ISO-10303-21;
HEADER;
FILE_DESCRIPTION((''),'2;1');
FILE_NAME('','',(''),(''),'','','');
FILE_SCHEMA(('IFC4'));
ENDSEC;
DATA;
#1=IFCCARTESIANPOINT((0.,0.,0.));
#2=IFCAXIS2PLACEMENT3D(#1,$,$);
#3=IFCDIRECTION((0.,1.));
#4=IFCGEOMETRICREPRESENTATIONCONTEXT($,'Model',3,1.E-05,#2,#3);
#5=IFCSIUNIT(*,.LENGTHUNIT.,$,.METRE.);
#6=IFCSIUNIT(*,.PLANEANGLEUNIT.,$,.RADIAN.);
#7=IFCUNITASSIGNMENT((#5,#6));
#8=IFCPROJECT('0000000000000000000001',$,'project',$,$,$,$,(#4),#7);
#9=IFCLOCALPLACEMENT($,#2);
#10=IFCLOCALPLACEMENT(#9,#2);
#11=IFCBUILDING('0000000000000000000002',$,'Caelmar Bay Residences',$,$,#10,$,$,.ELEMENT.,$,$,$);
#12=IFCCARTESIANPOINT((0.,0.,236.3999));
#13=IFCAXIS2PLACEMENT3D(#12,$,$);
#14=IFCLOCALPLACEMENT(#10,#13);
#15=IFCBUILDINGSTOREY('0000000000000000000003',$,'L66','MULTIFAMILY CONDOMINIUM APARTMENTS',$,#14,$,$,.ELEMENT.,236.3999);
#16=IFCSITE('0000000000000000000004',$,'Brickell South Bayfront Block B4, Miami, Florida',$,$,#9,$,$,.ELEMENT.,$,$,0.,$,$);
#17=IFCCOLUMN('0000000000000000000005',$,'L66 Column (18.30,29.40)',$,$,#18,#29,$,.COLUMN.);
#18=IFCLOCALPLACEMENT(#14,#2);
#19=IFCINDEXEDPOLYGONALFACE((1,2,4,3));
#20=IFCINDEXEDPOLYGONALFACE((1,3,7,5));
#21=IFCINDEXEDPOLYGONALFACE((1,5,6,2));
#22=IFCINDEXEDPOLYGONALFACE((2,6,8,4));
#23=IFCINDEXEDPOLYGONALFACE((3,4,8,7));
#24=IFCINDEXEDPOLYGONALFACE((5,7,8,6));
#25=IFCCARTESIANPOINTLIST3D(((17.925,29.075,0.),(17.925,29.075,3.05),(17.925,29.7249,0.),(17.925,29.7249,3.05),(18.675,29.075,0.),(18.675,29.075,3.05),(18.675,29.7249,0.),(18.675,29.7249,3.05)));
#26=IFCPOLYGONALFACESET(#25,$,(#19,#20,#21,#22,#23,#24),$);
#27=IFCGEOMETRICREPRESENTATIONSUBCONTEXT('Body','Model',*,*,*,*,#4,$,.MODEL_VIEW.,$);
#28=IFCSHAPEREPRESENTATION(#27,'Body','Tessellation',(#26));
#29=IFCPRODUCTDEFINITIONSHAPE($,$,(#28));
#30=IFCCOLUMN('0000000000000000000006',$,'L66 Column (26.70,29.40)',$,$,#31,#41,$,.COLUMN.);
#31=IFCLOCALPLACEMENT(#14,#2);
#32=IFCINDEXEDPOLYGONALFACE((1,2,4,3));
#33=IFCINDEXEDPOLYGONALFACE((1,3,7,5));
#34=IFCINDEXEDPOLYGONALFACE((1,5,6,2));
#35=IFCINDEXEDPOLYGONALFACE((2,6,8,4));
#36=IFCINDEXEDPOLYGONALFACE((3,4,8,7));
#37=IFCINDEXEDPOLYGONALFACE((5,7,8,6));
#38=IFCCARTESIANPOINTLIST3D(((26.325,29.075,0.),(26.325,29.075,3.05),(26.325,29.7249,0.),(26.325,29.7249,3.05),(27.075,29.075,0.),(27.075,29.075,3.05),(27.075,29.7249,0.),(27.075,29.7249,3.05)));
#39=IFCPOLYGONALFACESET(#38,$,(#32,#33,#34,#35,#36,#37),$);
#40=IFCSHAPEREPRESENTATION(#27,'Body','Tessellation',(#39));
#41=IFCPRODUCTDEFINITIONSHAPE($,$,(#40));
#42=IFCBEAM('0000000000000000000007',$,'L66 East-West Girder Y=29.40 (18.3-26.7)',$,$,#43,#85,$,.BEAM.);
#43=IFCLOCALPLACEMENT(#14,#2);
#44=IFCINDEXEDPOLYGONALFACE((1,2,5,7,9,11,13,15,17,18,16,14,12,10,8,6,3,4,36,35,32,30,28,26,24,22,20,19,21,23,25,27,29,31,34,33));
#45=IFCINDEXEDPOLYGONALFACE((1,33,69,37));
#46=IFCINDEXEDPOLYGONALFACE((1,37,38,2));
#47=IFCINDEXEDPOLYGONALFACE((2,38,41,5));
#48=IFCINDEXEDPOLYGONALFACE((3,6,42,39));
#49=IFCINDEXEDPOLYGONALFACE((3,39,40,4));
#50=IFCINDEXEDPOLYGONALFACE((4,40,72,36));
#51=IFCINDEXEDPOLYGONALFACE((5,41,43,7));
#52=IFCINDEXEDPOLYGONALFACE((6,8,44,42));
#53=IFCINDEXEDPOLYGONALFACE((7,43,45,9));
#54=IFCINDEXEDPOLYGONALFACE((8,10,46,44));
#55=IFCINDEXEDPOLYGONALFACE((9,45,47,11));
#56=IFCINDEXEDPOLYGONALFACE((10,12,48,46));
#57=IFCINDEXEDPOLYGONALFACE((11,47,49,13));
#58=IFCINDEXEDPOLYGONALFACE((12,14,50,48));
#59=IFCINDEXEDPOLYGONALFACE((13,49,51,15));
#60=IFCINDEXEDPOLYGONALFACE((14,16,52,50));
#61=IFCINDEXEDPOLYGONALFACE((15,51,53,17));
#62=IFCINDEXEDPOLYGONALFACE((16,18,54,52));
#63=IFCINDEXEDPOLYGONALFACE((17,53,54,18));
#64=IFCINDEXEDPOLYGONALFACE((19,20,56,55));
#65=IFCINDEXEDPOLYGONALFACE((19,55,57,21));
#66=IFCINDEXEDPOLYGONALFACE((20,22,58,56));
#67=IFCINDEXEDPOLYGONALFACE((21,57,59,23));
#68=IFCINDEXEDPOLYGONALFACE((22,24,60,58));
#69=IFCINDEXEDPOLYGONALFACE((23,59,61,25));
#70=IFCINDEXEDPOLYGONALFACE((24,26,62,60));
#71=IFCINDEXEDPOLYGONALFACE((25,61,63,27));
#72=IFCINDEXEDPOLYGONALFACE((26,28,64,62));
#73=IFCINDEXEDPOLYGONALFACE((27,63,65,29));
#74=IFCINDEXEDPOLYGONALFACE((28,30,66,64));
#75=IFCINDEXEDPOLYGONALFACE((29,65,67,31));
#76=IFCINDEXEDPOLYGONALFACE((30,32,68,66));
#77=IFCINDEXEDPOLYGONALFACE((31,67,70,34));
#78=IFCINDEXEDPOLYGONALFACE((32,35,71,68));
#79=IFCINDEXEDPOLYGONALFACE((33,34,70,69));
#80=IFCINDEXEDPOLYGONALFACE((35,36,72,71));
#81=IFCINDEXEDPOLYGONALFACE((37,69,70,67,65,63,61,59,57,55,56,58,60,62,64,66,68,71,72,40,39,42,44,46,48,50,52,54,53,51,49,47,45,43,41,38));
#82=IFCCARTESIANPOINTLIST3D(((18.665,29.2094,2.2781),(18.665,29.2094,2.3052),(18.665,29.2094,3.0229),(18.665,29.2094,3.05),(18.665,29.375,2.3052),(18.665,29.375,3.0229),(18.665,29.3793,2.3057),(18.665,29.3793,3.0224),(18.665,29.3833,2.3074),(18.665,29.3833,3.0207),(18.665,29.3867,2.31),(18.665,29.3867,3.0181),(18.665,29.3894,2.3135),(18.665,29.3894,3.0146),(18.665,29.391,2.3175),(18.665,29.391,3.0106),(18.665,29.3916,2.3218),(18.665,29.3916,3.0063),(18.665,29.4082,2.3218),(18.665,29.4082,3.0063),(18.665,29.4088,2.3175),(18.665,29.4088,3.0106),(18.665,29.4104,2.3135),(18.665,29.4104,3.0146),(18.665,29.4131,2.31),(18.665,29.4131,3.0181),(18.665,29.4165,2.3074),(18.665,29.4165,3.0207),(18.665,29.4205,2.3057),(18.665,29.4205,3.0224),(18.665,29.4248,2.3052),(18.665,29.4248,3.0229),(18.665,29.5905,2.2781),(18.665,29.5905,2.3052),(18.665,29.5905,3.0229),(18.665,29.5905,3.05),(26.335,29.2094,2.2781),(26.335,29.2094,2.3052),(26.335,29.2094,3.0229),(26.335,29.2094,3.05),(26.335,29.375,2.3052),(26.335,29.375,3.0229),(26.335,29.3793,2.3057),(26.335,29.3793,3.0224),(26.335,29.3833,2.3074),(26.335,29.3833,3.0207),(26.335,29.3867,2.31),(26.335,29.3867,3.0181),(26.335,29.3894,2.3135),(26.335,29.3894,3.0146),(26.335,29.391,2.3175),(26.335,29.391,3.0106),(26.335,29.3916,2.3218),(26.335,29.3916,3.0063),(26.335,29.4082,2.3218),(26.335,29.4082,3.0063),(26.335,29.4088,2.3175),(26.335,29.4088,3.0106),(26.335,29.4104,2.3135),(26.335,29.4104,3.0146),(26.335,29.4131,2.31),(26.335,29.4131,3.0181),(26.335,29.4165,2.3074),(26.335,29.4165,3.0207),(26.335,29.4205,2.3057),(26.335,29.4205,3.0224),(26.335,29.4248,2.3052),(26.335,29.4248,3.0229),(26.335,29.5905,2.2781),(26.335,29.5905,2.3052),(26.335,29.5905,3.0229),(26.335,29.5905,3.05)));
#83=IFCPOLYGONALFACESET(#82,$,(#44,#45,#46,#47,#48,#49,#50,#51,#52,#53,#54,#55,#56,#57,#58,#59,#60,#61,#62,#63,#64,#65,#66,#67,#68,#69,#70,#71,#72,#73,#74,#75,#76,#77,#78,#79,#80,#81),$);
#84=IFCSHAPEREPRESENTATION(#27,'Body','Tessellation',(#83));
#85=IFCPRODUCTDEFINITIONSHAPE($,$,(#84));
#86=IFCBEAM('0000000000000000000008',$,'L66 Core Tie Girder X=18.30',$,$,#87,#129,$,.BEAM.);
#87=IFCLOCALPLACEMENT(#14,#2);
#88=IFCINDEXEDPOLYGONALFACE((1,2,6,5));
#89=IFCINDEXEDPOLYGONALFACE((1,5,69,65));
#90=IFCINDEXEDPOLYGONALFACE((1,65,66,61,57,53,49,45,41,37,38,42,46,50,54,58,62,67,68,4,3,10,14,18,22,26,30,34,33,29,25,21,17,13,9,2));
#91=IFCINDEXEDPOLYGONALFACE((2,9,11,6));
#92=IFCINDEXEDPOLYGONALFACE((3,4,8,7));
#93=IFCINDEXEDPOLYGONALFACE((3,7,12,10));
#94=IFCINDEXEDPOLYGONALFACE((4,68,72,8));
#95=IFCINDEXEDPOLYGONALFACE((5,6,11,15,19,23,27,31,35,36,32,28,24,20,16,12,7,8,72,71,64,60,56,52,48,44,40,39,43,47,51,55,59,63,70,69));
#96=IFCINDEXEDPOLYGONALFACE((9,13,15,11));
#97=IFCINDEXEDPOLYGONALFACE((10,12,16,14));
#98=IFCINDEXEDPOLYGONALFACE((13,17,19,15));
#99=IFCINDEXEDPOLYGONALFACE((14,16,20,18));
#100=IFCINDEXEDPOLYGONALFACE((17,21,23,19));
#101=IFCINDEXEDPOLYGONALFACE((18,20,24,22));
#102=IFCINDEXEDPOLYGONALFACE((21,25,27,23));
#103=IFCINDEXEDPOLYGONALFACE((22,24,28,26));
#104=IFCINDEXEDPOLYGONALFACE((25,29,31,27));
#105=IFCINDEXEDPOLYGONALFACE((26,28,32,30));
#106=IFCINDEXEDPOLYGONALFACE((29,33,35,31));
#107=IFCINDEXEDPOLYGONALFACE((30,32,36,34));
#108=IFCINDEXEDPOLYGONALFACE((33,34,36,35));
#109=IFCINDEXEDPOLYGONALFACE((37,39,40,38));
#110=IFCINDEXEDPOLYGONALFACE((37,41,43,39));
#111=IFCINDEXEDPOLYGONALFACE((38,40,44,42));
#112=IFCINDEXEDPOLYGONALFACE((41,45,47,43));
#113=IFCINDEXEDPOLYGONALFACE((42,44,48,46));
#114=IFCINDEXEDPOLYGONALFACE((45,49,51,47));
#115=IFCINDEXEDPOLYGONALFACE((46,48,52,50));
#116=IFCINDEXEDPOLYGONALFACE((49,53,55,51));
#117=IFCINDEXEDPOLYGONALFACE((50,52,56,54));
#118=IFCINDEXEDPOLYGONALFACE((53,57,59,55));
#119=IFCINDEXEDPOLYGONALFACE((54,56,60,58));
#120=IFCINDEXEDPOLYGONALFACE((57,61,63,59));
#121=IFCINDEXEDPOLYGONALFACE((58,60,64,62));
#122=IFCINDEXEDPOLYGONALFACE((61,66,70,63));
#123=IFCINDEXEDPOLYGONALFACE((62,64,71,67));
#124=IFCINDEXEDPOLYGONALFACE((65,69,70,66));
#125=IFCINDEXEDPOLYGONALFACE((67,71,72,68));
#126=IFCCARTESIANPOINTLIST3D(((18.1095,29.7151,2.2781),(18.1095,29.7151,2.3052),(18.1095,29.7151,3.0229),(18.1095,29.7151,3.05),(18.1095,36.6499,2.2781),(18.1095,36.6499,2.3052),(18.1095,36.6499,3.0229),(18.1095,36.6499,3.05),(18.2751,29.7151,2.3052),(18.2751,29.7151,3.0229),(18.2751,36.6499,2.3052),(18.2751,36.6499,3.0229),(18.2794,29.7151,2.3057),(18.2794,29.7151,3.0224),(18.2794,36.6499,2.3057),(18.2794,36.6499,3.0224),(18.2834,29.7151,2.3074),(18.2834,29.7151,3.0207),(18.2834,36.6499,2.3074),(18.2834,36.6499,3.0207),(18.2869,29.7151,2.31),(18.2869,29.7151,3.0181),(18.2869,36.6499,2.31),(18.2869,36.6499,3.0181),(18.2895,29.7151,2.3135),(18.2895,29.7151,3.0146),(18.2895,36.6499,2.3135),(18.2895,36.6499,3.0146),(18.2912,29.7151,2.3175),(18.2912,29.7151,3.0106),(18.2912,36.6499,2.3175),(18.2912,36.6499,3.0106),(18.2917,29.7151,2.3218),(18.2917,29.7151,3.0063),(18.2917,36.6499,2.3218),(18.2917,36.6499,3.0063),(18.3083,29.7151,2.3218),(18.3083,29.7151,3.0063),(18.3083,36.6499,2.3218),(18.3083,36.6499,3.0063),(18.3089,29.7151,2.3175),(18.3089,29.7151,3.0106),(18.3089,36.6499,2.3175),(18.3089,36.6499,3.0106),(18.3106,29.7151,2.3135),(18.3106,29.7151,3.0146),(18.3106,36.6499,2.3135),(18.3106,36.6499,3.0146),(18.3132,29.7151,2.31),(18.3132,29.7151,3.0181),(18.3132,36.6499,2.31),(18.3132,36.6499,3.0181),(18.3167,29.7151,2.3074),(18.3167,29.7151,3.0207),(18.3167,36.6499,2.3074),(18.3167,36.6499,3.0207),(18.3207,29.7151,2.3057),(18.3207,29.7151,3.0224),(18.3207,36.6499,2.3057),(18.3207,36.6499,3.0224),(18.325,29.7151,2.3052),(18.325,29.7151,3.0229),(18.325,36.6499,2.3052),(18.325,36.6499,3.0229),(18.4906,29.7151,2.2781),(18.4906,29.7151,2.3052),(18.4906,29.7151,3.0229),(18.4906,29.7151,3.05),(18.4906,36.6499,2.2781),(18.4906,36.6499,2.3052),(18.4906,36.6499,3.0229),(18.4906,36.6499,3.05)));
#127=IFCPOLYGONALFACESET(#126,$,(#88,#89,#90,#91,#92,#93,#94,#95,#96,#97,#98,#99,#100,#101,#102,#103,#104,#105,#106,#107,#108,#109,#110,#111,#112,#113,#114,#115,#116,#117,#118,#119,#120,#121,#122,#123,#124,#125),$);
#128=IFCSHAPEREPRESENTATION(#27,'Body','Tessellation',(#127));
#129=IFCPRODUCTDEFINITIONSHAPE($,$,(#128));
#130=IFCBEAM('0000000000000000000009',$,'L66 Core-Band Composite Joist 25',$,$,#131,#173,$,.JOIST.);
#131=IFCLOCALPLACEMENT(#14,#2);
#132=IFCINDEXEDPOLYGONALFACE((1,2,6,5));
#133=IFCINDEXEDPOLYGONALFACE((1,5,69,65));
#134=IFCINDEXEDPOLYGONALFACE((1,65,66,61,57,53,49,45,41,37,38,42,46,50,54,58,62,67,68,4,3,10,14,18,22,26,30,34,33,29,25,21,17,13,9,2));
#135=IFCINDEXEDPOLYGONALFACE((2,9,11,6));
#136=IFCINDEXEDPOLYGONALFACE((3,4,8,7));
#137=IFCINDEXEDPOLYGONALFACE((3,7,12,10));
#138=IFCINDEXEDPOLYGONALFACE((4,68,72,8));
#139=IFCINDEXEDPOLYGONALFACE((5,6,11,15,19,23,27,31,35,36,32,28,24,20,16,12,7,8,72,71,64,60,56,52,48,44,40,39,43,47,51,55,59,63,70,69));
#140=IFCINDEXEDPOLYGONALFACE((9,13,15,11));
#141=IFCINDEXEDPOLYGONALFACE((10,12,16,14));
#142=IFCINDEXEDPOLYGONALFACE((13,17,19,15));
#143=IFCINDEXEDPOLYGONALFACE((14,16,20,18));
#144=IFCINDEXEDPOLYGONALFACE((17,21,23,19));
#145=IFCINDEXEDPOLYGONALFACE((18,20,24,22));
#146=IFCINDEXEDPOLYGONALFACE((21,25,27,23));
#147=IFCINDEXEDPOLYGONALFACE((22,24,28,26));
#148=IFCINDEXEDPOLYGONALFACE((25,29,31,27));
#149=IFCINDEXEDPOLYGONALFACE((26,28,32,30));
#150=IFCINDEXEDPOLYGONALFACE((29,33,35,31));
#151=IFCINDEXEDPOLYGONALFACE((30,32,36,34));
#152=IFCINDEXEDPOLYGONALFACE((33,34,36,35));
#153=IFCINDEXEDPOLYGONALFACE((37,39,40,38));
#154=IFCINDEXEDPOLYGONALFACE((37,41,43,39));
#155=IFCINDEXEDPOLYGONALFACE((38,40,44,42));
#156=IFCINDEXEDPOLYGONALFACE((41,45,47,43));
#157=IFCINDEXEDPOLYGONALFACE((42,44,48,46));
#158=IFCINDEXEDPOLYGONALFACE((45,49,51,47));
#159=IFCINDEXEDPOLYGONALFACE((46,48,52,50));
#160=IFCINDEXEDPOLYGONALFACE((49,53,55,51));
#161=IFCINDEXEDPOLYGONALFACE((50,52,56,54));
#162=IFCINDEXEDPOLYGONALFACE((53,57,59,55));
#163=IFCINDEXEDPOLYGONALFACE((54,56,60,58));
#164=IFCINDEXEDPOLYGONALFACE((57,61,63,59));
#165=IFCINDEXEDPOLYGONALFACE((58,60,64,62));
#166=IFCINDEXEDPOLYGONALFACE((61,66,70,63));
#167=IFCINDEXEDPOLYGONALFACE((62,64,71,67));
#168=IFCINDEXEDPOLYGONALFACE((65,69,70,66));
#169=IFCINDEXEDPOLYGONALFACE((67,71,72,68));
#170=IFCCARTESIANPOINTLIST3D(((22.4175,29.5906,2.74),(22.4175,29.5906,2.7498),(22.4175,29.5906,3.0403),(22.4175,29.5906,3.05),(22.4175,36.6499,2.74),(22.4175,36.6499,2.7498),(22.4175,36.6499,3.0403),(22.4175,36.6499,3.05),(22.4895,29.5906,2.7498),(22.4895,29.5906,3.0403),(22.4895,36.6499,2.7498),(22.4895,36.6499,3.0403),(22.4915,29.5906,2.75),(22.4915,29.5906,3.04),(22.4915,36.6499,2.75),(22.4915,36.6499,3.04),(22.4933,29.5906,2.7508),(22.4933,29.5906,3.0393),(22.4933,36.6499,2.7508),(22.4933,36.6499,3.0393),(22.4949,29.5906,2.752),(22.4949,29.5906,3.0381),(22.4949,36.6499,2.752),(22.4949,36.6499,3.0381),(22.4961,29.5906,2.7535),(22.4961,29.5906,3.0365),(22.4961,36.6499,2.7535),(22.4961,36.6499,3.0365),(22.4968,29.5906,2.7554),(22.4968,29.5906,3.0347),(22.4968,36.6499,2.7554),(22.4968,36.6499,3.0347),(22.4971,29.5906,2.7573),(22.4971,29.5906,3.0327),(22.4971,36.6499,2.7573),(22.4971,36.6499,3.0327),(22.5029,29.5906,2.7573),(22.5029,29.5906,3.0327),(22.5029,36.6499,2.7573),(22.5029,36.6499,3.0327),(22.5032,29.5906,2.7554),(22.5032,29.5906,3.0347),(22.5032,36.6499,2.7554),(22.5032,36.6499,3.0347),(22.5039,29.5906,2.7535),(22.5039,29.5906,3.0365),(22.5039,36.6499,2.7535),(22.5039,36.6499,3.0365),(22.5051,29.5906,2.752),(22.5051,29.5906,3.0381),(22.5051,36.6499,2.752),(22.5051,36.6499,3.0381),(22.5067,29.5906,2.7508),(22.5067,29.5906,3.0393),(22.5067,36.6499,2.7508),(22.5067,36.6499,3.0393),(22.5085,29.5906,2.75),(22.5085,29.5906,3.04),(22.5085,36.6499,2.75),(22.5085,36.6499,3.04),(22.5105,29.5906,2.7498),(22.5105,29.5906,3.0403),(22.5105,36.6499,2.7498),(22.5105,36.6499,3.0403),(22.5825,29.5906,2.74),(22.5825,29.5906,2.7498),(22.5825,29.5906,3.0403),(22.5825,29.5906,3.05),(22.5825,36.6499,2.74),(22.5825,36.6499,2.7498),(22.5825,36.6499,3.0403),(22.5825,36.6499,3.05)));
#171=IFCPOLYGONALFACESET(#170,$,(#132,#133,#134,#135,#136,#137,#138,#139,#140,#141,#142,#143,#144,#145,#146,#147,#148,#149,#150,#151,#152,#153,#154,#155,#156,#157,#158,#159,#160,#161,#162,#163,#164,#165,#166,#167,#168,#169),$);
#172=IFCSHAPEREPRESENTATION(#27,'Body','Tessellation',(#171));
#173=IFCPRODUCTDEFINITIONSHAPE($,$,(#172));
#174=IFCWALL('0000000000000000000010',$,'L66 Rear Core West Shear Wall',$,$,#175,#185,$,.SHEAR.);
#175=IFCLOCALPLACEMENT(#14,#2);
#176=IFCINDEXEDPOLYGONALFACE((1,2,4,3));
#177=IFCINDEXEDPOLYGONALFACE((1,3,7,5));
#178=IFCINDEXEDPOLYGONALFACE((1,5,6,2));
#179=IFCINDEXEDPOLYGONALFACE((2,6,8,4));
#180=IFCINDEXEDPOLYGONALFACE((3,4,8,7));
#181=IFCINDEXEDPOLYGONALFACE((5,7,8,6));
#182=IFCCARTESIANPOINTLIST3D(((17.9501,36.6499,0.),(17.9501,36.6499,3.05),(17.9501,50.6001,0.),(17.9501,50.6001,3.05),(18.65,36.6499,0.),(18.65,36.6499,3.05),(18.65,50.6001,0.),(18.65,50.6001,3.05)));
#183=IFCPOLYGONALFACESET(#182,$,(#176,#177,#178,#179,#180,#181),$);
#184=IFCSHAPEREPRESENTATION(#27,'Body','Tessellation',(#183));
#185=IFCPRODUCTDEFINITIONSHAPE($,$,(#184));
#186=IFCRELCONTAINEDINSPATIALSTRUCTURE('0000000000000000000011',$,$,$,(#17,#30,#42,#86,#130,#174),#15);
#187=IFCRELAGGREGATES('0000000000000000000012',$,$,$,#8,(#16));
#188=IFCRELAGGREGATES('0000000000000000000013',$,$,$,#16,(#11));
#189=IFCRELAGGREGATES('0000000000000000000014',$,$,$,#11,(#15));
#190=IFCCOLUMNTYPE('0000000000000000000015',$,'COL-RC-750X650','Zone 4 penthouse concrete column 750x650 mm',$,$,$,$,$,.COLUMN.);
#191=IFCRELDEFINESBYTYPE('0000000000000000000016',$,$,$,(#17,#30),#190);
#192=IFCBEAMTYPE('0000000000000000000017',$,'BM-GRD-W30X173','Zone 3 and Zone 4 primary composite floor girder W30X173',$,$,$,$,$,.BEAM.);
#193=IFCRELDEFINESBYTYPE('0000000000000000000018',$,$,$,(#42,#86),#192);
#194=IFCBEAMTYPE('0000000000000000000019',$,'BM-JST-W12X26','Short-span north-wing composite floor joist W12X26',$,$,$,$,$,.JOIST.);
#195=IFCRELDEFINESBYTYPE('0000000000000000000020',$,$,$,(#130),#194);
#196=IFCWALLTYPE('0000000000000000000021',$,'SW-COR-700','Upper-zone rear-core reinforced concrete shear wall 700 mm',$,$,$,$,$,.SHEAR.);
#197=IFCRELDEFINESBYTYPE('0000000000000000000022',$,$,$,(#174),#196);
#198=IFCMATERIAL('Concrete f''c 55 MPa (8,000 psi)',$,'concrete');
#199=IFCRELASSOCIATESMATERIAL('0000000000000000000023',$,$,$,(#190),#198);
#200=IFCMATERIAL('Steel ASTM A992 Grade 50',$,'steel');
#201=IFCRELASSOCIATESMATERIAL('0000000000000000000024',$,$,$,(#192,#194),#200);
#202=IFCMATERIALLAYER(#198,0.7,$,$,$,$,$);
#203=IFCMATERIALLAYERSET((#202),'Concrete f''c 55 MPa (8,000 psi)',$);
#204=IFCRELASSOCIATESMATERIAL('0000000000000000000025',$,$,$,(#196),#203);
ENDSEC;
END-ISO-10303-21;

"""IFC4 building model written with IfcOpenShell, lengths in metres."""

from ifc_helpers import new_model, si_unit, direction, frame, frame_2d, origin, origin_2d, place, context, subcontext, project, spatial, rectangle, i_section, extrude, material, layer, layer_set, material_profile, profile_set, type_object, element, save


model = new_model("IFC4")

# Units and contexts
model_context = context("Model", 3, precision=1e-05, world=origin(), true_north=direction((0.0, 1.0)))
body_context = subcontext(model_context, "Body", "Model", "MODEL_VIEW")
ifc_project = project(units=[si_unit("LENGTHUNIT", "METRE"), si_unit("PLANEANGLEUNIT", "RADIAN")], contexts=[model_context])

# Site, building, storey
site_placement = place(None, origin())
site = spatial("IfcSite", under=ifc_project, at=site_placement, Name="Brickell South Bayfront Block B4, Miami, Florida", CompositionType="ELEMENT", RefElevation=0.0)
building_placement = place(site_placement, origin())
building = spatial("IfcBuilding", under=site, at=building_placement, Name="Caelmar Bay Residences", CompositionType="ELEMENT")
storey_placement = place(building_placement, frame((0.0, 0.0, 236.3999)))
storey = spatial("IfcBuildingStorey", under=building, at=storey_placement, Name="L66", Description="MULTIFAMILY CONDOMINIUM APARTMENTS", CompositionType="ELEMENT", Elevation=236.3999)

# Columns
ifc_material_1 = material(Name="Concrete f'c 55 MPa (8,000 psi)", Category="concrete")
ifc_material_profile_1 = material_profile(ifc_material_1, rectangle(XDim=0.75, YDim=0.6499, at=origin_2d()), Name="RC-COL-750X650")
ifc_profile_set_1 = profile_set([ifc_material_profile_1], Name="Concrete f'c 55 MPa (8,000 psi)")
column_type = type_object("IfcColumnType", Name="COL-RC-750X650", Description="Zone 4 penthouse concrete column 750x650 mm", PredefinedType="COLUMN", material=ifc_profile_set_1)
for number, where, z_axis, x_axis, name in (
    (1, (18.3, 29.3999, 0.0), (0.0, 0.0, 1.0), (1.0, 0.0, 0.0), "L66 Column (18.30,29.40)"),
    (2, (26.7, 29.3999, 0.0), (0.0, 0.0, 1.0), (1.0, 0.0, 0.0), "L66 Column (26.70,29.40)"),
):
    element("IfcColumn", number, at=place(storey_placement, frame(where, z_axis=z_axis, x_axis=x_axis)), inside=storey, type_object=column_type, Name=name, PredefinedType="COLUMN", context=body_context, shape_type="SweptSolid", body=[
        extrude(rectangle(XDim=0.75, YDim=0.6499, at=origin_2d()), origin(), (0.0, 0.0, 1.0), 3.05),
    ])

# Beams
ifc_material_2 = material(Name="Steel ASTM A992 Grade 50", Category="steel")
ifc_material_profile_2 = material_profile(ifc_material_2, i_section(OverallWidth=0.3811, OverallDepth=0.772, WebThickness=0.0166, FlangeThickness=0.0271, FilletRadius=0.0166, at=origin_2d()), Name="W30X173")
ifc_profile_set_2 = profile_set([ifc_material_profile_2], Name="Steel ASTM A992 Grade 50")
beam_type_1 = type_object("IfcBeamType", Name="BM-GRD-W30X173", Description="Zone 3 and Zone 4 primary composite floor girder W30X173", PredefinedType="BEAM", material=ifc_profile_set_2)
beam_1_placement = place(storey_placement, frame((18.665, 29.3999, 2.6641), z_axis=(1.0, 0.0, 0.0), x_axis=(0.0, 1.0, 0.0)))
element("IfcBeam", 3, at=beam_1_placement, inside=storey, type_object=beam_type_1, Name="L66 East-West Girder Y=29.40 (18.3-26.7)", PredefinedType="BEAM", context=body_context, shape_type="SweptSolid", body=[
    extrude(i_section(OverallWidth=0.3811, OverallDepth=0.772, WebThickness=0.0166, FlangeThickness=0.0271, FilletRadius=0.0166, at=origin_2d()), origin(), (0.0, 0.0, 1.0), 7.6699),
])
beam_2_placement = place(storey_placement, frame((18.3, 29.7151, 2.6641), z_axis=(0.0, 1.0, 0.0), x_axis=(-1.0, 0.0, 0.0)))
element("IfcBeam", 4, at=beam_2_placement, inside=storey, type_object=beam_type_1, Name="L66 Core Tie Girder X=18.30", PredefinedType="BEAM", context=body_context, shape_type="SweptSolid", body=[
    extrude(i_section(OverallWidth=0.3811, OverallDepth=0.772, WebThickness=0.0166, FlangeThickness=0.0271, FilletRadius=0.0166, at=origin_2d()), origin(), (0.0, 0.0, 1.0), 6.9348),
])
ifc_material_profile_3 = material_profile(ifc_material_2, i_section(OverallWidth=0.165, OverallDepth=0.3101, WebThickness=0.0059, FlangeThickness=0.0098, FilletRadius=0.0076, at=origin_2d()), Name="W12X26")
ifc_profile_set_3 = profile_set([ifc_material_profile_3], Name="Steel ASTM A992 Grade 50")
beam_type_2 = type_object("IfcBeamType", Name="BM-JST-W12X26", Description="Short-span north-wing composite floor joist W12X26", PredefinedType="JOIST", material=ifc_profile_set_3)
beam_3_placement = place(storey_placement, frame((22.5, 29.5906, 2.895), z_axis=(0.0, 1.0, 0.0), x_axis=(-1.0, 0.0, 0.0)))
element("IfcBeam", 5, at=beam_3_placement, inside=storey, type_object=beam_type_2, Name="L66 Core-Band Composite Joist 25", PredefinedType="JOIST", context=body_context, shape_type="SweptSolid", body=[
    extrude(i_section(OverallWidth=0.165, OverallDepth=0.3101, WebThickness=0.0059, FlangeThickness=0.0098, FilletRadius=0.0076, at=origin_2d()), origin(), (0.0, 0.0, 1.0), 7.0593),
])

# Wall
ifc_layer_1 = layer(ifc_material_1, 0.7)
ifc_layer_set_1 = layer_set([ifc_layer_1], Name="Concrete f'c 55 MPa (8,000 psi)")
wall_type_1 = type_object("IfcWallType", Name="SW-COR-700", Description="Upper-zone rear-core reinforced concrete shear wall 700 mm", PredefinedType="SHEAR", material=ifc_layer_set_1)
wall_1_placement = place(storey_placement, frame((18.3, 36.6499, 0.0), z_axis=(0.0, 0.0, 1.0), x_axis=(0.0, 1.0, 0.0)))
element("IfcWall", 6, at=wall_1_placement, inside=storey, type_object=wall_type_1, Name="L66 Rear Core West Shear Wall", PredefinedType="SHEAR", context=body_context, shape_type="SweptSolid", body=[
    extrude(rectangle(XDim=13.9502, YDim=0.7, at=frame_2d((6.9751, 0.0))), origin(), (0.0, 0.0, 1.0), 3.05),
])

save(model, "model.ifc")
